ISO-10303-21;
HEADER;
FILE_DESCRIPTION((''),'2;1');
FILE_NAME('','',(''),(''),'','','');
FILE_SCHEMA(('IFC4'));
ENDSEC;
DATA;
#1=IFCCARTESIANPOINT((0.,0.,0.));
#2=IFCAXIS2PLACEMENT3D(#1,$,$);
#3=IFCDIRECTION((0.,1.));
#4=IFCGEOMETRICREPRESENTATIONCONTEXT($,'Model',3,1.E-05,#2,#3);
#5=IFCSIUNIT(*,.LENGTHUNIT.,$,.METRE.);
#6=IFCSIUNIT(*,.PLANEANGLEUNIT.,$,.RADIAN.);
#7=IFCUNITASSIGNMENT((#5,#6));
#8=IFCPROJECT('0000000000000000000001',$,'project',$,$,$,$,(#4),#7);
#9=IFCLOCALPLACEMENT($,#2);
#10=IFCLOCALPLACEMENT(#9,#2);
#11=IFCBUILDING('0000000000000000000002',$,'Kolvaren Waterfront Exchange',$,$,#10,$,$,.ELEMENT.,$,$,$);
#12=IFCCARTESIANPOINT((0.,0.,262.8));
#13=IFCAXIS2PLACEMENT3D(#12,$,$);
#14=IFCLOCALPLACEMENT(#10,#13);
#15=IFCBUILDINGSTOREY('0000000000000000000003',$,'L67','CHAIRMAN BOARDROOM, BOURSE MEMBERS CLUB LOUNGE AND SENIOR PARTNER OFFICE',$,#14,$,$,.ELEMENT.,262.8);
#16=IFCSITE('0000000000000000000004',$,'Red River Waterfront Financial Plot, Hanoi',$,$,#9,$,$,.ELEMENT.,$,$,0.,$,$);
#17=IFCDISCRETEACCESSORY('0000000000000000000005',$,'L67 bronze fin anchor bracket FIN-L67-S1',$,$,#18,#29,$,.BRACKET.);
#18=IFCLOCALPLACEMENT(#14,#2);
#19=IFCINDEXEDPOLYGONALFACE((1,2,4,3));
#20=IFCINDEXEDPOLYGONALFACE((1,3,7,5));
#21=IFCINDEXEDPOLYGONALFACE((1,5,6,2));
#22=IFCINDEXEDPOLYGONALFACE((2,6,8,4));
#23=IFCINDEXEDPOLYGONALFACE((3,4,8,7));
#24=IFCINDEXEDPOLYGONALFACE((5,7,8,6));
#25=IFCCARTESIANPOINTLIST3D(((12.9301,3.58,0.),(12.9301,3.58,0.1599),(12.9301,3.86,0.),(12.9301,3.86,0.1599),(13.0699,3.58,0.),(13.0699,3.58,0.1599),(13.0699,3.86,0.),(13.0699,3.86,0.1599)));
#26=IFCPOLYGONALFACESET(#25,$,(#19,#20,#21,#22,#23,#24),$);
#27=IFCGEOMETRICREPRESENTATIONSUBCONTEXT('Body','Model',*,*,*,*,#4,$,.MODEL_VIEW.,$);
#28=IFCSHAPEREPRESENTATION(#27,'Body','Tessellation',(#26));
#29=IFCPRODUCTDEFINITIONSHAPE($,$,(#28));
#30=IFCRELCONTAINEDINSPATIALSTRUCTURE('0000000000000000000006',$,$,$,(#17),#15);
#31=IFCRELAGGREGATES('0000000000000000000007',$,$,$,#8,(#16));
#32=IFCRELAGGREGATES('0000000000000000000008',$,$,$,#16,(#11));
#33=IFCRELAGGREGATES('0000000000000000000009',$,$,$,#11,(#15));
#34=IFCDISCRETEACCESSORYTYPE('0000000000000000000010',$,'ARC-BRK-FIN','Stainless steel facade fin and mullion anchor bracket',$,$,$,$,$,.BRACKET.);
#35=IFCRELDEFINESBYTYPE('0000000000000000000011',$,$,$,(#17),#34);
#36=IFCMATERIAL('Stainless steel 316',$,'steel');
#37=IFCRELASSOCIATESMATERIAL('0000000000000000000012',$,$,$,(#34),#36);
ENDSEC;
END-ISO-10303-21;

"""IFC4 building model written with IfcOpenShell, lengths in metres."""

from ifc_helpers import new_model, si_unit, direction, frame, origin, origin_with_axes, origin_2d, place, context, subcontext, project, spatial, rectangle, extrude, source, transform, mapped, material, type_object, element, save


model = new_model("IFC4")

# Units and contexts
model_context = context("Model", 3, precision=1e-05, world=origin(), true_north=direction((0.0, 1.0)))
body_context = subcontext(model_context, "Body", "Model", "MODEL_VIEW")
ifc_project = project(units=[si_unit("LENGTHUNIT", "METRE"), si_unit("PLANEANGLEUNIT", "RADIAN")], contexts=[model_context])

# Site, building, storey
site_placement = place(None, origin())
site = spatial("IfcSite", under=ifc_project, at=site_placement, Name="Red River Waterfront Financial Plot, Hanoi", CompositionType="ELEMENT", RefElevation=0.0)
building_placement = place(site_placement, origin())
building = spatial("IfcBuilding", under=site, at=building_placement, Name="Kolvaren Waterfront Exchange", CompositionType="ELEMENT")
storey_placement = place(building_placement, frame((0.0, 0.0, 262.8)))
storey = spatial("IfcBuildingStorey", under=building, at=storey_placement, Name="L67", Description="CHAIRMAN BOARDROOM, BOURSE MEMBERS CLUB LOUNGE AND SENIOR PARTNER OFFICE", CompositionType="ELEMENT", Elevation=262.8)

# Discrete accessory
ifc_material_1 = material(Name="Stainless steel 316", Category="steel")
discrete_accessory_type = type_object("IfcDiscreteAccessoryType", Name="ARC-BRK-FIN", Description="Stainless steel facade fin and mullion anchor bracket", PredefinedType="BRACKET", material=ifc_material_1)
shared_shape_1 = source(origin_with_axes(), body_context, "Body", "SweptSolid", [
    extrude(rectangle(XDim=0.28, YDim=0.1399, at=origin_2d()), origin(), (0.0, 0.0, 1.0), 0.1599),
])
discrete_accessory_placement = place(storey_placement, frame((13.0, 3.72, 0.0), z_axis=(0.0, 0.0, 1.0), x_axis=(0.0, -1.0, 0.0)))
element("IfcDiscreteAccessory", 1, at=discrete_accessory_placement, inside=storey, type_object=discrete_accessory_type, Name="L67 bronze fin anchor bracket FIN-L67-S1", PredefinedType="BRACKET", context=body_context, shape_type="MappedRepresentation", body=[
    mapped(shared_shape_1, transform((0.0, 0.0, 0.0), x_axis=(1.0, 0.0, 0.0), y_axis=(0.0, 1.0, 0.0), z_axis=(0.0, 0.0, 1.0), scale=1.0)),
])

save(model, "model.ifc")
